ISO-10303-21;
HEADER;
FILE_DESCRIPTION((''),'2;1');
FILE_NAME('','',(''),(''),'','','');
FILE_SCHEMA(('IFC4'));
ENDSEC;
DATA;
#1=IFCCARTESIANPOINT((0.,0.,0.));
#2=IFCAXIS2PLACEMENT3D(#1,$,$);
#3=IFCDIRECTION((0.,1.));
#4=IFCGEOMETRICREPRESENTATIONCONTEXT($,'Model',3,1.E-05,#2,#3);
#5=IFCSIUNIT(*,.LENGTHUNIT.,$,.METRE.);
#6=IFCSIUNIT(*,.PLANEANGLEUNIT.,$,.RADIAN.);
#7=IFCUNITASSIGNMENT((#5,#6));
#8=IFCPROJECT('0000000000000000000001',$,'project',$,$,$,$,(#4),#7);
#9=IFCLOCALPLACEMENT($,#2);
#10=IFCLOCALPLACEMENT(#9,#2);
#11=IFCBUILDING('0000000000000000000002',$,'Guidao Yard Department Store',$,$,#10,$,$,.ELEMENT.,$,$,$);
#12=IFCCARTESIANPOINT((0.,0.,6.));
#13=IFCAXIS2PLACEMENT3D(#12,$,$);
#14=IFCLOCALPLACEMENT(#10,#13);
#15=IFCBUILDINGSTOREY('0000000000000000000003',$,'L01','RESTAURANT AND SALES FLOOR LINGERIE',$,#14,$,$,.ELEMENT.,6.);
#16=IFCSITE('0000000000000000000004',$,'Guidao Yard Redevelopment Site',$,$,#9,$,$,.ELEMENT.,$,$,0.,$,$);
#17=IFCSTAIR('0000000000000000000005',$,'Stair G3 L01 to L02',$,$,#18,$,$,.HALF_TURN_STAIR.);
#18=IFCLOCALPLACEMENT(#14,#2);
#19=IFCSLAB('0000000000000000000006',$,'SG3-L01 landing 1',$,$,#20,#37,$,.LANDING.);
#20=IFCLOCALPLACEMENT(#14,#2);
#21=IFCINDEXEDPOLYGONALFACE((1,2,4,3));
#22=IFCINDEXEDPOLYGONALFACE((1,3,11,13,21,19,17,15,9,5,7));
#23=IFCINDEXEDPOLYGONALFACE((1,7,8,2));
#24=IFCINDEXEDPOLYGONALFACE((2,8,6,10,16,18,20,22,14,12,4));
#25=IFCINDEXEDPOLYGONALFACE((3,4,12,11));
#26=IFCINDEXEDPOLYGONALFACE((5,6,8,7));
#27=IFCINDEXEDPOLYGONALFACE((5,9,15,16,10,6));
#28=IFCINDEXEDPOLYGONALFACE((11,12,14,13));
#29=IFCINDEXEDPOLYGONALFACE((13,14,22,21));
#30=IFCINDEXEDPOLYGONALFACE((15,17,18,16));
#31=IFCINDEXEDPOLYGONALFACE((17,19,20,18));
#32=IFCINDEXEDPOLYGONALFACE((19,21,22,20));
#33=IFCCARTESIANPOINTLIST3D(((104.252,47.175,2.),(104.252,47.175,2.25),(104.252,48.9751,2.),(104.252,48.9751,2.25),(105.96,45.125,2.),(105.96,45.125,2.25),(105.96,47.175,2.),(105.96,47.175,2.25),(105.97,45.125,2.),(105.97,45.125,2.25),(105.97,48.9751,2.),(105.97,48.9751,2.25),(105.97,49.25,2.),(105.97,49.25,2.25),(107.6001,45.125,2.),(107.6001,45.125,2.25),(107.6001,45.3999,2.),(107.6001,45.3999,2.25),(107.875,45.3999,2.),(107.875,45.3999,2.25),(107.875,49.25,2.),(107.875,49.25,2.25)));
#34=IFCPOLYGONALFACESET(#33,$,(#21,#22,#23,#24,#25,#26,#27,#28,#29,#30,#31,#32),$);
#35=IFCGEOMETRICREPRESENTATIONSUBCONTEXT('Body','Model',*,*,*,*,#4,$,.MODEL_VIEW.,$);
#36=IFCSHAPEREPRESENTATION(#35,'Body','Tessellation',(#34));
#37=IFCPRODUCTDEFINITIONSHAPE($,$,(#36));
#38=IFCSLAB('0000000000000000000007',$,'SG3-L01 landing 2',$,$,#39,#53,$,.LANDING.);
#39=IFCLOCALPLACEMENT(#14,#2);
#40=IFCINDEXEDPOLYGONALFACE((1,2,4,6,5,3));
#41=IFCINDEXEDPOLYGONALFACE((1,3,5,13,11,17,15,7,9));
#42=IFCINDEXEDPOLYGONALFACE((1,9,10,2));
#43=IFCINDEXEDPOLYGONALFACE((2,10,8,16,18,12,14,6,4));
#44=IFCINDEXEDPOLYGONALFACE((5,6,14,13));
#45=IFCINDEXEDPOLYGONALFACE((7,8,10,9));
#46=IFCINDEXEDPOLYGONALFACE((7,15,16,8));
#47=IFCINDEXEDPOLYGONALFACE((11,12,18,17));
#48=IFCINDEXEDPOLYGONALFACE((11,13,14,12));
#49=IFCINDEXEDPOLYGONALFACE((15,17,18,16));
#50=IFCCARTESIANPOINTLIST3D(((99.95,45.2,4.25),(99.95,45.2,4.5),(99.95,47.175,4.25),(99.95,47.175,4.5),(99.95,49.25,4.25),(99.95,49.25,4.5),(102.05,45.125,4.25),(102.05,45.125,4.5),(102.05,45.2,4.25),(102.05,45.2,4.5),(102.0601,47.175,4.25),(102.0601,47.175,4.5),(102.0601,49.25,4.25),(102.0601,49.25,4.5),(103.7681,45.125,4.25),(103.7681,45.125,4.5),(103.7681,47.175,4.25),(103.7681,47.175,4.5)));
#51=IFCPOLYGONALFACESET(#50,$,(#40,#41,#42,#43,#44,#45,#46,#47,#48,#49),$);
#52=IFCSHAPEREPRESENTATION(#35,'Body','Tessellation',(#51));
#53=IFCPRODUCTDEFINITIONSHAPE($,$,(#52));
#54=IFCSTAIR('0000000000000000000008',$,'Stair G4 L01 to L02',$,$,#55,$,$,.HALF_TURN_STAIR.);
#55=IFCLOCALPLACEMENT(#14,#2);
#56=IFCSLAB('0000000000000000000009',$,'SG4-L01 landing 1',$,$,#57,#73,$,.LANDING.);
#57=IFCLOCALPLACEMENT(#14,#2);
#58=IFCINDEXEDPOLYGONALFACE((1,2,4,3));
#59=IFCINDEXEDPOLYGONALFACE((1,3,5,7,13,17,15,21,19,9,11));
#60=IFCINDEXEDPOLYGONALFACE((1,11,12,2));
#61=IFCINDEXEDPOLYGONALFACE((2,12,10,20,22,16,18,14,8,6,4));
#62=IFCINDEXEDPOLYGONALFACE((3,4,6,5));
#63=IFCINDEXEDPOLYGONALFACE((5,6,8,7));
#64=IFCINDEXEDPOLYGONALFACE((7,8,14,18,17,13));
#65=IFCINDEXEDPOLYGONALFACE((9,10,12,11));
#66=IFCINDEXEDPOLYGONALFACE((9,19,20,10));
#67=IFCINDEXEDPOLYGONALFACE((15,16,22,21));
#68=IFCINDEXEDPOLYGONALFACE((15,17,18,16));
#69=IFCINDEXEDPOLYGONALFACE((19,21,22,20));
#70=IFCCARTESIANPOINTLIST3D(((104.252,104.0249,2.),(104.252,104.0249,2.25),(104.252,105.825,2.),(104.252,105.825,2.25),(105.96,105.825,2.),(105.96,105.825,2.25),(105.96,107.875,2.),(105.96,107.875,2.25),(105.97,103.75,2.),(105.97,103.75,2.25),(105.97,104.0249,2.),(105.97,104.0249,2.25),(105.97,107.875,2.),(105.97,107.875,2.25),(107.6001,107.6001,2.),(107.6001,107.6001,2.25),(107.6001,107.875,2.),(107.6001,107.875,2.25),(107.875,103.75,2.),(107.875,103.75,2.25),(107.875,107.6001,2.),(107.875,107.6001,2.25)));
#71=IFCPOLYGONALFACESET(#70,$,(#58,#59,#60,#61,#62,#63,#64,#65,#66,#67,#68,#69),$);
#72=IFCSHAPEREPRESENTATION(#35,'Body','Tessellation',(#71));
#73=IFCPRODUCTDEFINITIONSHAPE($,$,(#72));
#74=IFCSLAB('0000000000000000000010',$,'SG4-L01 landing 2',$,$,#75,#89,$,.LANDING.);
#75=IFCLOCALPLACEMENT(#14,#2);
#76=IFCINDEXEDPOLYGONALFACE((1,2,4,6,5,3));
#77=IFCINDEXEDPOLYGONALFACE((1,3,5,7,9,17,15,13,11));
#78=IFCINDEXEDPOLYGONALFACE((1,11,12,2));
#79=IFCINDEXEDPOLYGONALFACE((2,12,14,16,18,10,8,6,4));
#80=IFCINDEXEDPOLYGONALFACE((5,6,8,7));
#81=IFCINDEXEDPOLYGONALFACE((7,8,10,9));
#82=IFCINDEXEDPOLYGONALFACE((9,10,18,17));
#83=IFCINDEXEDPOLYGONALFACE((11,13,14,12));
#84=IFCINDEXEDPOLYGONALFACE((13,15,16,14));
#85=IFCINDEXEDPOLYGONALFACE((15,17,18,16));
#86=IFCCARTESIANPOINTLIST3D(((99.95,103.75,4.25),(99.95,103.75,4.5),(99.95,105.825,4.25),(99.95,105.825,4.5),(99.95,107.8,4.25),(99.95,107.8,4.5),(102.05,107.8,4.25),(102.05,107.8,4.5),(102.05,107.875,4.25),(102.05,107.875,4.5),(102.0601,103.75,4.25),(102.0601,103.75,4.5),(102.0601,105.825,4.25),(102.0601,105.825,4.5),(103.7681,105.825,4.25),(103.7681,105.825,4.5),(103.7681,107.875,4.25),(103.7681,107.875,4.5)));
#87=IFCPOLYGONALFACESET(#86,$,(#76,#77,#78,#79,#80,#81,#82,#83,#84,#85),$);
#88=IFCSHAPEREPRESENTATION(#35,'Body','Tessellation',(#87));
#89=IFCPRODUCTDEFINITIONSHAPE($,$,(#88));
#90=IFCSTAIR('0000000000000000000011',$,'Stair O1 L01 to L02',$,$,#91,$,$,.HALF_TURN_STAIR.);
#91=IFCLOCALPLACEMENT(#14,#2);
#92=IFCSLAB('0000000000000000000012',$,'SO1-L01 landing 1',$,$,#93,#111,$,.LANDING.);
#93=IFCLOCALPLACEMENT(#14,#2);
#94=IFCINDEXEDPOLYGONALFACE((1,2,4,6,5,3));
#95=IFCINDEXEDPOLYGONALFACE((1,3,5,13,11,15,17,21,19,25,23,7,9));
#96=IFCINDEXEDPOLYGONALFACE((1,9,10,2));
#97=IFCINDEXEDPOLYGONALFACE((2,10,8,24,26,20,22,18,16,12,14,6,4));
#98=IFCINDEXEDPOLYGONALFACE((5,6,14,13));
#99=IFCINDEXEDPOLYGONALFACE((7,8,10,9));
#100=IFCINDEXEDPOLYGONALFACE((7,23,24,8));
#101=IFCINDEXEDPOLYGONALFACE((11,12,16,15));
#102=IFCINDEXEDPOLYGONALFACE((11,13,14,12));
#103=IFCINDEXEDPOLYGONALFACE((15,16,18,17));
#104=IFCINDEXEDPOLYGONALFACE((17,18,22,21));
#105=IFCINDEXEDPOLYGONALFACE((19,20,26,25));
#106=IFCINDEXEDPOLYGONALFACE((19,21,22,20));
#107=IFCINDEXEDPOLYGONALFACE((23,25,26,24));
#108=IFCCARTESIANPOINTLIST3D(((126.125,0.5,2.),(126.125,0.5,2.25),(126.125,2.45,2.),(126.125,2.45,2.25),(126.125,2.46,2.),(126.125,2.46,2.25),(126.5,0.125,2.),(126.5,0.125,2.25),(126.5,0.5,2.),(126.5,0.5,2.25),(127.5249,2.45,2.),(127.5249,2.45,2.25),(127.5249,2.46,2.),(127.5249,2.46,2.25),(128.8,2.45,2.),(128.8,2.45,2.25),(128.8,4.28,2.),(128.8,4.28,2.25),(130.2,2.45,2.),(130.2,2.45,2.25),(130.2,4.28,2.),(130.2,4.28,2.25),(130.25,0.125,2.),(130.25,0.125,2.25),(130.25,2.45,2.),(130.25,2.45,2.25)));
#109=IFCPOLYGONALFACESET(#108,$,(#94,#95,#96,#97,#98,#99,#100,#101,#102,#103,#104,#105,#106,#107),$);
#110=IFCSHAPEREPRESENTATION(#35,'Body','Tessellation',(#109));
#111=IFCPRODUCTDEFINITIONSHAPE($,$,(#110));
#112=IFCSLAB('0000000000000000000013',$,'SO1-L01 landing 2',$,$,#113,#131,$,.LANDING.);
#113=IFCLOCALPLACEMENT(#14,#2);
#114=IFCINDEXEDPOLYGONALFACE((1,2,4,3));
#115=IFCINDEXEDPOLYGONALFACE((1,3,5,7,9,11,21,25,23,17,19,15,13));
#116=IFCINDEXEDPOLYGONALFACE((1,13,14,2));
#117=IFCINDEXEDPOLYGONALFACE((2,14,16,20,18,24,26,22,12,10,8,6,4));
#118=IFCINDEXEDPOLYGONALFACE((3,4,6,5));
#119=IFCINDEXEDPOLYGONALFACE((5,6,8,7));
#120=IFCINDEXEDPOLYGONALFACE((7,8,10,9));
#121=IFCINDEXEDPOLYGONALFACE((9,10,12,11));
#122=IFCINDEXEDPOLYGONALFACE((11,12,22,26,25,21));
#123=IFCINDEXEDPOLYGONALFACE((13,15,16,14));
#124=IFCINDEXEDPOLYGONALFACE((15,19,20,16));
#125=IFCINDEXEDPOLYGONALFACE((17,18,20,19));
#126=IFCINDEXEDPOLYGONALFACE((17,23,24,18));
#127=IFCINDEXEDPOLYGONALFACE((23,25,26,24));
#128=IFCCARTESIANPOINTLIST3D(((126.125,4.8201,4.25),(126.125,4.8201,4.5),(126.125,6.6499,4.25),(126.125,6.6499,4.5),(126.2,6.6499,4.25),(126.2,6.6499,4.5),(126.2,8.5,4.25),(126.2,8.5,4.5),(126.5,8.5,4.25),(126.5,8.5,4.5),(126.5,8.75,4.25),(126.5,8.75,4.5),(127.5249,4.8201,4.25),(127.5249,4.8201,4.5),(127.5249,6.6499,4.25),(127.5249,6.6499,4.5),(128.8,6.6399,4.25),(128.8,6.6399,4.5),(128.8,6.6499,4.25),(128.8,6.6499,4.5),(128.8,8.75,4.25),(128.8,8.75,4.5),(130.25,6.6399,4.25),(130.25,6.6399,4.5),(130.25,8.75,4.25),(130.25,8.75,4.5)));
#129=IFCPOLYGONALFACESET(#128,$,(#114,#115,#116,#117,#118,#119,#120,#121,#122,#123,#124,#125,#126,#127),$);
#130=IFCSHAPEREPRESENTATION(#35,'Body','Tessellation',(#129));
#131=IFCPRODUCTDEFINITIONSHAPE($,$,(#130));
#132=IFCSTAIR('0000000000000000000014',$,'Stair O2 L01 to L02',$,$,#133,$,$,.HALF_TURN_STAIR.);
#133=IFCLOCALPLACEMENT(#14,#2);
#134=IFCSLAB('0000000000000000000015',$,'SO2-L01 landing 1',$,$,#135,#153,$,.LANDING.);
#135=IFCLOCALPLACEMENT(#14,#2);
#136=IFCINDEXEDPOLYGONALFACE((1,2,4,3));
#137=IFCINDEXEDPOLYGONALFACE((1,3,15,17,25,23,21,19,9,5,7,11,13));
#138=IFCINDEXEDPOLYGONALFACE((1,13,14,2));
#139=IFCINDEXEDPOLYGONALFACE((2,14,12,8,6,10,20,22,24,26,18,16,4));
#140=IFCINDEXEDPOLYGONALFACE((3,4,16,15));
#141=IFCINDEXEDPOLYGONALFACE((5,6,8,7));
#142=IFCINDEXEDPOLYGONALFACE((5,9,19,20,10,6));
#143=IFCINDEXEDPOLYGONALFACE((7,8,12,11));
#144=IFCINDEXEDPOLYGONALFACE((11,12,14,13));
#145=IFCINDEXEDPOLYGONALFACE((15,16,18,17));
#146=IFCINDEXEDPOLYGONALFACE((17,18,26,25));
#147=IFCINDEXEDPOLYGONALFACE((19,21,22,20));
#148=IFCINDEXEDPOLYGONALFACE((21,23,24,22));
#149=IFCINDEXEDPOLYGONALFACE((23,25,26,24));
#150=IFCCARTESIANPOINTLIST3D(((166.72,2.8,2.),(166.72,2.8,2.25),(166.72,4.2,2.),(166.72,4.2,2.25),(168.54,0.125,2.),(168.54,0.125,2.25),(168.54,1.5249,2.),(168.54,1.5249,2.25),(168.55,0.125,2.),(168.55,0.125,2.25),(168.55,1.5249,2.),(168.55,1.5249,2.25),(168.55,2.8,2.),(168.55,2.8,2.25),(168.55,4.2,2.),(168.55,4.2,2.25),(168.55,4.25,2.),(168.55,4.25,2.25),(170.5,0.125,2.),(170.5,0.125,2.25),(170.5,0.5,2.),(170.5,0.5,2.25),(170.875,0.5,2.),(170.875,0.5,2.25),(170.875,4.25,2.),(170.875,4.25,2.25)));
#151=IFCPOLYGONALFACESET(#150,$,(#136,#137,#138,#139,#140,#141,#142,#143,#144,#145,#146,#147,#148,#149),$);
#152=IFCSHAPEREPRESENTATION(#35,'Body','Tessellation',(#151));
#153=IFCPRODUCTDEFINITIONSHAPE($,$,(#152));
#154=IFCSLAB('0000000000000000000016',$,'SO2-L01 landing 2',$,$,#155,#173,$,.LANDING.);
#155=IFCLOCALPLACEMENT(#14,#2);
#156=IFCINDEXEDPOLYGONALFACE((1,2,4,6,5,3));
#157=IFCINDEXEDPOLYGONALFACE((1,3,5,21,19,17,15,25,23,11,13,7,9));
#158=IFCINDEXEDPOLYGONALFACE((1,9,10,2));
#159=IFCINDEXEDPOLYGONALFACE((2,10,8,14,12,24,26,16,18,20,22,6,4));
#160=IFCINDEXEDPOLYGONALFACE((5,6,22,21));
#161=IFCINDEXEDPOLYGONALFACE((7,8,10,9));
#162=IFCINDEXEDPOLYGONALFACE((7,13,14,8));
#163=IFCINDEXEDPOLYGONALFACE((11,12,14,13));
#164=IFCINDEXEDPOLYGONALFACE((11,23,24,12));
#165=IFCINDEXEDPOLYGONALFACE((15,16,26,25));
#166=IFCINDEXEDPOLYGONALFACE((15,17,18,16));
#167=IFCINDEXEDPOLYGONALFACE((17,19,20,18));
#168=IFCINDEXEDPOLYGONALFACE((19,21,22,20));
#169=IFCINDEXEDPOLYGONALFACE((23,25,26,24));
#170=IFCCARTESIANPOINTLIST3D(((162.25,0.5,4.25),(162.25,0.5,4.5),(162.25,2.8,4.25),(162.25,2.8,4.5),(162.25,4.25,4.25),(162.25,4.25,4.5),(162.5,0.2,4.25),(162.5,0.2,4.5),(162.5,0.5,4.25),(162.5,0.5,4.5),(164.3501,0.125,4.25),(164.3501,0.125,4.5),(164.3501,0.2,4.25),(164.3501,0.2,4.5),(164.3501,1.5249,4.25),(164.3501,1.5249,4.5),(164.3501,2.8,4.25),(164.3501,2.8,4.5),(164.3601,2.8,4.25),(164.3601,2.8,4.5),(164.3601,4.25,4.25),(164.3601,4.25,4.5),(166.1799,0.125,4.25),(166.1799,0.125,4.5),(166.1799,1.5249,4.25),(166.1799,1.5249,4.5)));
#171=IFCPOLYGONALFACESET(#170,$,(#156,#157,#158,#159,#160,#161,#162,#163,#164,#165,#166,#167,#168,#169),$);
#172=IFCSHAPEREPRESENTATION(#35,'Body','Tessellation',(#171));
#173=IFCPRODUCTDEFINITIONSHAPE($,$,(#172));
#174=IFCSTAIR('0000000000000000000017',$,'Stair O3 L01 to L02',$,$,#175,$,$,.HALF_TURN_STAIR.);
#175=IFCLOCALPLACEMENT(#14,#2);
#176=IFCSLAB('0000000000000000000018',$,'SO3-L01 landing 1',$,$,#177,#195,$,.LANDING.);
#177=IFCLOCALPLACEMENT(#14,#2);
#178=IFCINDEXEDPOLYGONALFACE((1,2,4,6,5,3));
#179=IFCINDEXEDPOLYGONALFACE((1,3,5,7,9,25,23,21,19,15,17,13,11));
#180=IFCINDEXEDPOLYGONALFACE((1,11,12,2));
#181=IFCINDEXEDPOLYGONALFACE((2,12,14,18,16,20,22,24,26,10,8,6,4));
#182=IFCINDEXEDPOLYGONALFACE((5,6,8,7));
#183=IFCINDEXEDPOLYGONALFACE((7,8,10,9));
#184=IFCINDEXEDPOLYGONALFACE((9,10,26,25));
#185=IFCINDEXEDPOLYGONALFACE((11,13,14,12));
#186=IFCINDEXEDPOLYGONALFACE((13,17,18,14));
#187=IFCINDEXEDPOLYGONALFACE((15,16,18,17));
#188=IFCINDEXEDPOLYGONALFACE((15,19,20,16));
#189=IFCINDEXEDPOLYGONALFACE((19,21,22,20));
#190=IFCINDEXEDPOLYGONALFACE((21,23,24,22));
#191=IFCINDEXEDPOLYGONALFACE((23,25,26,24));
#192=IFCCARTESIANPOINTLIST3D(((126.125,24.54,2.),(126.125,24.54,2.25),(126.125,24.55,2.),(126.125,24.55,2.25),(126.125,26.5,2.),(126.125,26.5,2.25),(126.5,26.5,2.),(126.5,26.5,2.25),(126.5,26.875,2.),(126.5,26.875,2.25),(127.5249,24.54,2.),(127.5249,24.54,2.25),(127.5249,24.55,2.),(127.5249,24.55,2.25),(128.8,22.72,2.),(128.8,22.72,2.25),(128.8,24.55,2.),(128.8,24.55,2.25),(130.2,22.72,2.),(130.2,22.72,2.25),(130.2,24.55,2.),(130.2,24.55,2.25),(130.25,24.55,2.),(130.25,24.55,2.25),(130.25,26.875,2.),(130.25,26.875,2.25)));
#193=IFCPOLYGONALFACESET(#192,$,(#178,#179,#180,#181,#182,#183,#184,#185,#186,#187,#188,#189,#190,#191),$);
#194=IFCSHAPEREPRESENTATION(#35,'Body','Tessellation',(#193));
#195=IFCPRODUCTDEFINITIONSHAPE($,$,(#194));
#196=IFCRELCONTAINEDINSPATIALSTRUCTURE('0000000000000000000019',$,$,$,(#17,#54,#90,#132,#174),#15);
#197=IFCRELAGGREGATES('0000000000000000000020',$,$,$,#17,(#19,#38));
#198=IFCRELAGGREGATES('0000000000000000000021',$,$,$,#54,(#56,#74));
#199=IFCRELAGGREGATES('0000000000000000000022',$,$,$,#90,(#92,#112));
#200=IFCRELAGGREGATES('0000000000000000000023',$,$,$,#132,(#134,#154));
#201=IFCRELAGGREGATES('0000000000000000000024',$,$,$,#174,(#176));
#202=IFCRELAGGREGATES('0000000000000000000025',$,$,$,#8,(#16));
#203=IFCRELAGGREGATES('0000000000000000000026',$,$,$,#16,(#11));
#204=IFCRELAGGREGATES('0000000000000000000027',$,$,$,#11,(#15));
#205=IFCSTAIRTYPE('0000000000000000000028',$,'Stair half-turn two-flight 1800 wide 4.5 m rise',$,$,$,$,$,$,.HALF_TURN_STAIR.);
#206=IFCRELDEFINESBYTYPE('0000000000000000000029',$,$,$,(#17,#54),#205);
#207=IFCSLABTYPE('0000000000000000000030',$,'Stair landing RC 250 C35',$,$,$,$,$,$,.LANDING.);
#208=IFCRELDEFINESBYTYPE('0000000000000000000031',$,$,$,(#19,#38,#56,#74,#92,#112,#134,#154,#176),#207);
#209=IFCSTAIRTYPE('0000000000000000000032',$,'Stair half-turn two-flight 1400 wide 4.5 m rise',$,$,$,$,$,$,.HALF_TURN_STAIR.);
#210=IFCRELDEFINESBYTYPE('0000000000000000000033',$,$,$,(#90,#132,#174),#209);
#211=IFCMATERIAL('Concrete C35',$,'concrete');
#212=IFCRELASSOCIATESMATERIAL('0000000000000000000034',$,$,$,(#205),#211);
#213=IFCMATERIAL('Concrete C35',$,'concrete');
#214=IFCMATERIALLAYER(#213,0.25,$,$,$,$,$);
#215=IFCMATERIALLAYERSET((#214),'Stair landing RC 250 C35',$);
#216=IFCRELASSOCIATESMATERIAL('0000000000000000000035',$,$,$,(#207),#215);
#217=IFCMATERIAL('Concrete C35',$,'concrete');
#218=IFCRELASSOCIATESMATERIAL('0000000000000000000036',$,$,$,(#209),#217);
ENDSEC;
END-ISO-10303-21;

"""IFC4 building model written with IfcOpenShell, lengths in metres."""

from ifc_helpers import new_model, si_unit, direction, frame, origin, place, context, subcontext, project, spatial, polyline, outline, extrude, material, layer, layer_set, type_object, element, aggregate, save


model = new_model("IFC4")

# Units and contexts
model_context = context("Model", 3, precision=1e-05, world=origin(), true_north=direction((0.0, 1.0)))
body_context = subcontext(model_context, "Body", "Model", "MODEL_VIEW")
ifc_project = project(units=[si_unit("LENGTHUNIT", "METRE"), si_unit("PLANEANGLEUNIT", "RADIAN")], contexts=[model_context])

# Site, building, storey
site_placement = place(None, origin())
site = spatial("IfcSite", under=ifc_project, at=site_placement, Name="Guidao Yard Redevelopment Site", CompositionType="ELEMENT", RefElevation=0.0)
building_placement = place(site_placement, origin())
building = spatial("IfcBuilding", under=site, at=building_placement, Name="Guidao Yard Department Store", CompositionType="ELEMENT")
storey_placement = place(building_placement, frame((0.0, 0.0, 6.0)))
storey = spatial("IfcBuildingStorey", under=building, at=storey_placement, Name="L01", Description="RESTAURANT AND SALES FLOOR LINGERIE", CompositionType="ELEMENT", Elevation=6.0)

# Stairs, slabs
ifc_material_1 = material(Name="Concrete C35", Category="concrete")
stair_type_1 = type_object("IfcStairType", Name="Stair half-turn two-flight 1800 wide 4.5 m rise", PredefinedType="HALF_TURN_STAIR", material=ifc_material_1)
ifc_material_2 = material(Name="Concrete C35", Category="concrete")
ifc_layer_1 = layer(ifc_material_2, 0.25)
ifc_layer_set_1 = layer_set([ifc_layer_1], Name="Stair landing RC 250 C35")
slab_type = type_object("IfcSlabType", Name="Stair landing RC 250 C35", PredefinedType="LANDING", material=ifc_layer_set_1)
stair_1_placement = place(storey_placement, origin())
stair_1 = element("IfcStair", 1, at=stair_1_placement, inside=storey, type_object=stair_type_1, Name="Stair G3 L01 to L02", PredefinedType="HALF_TURN_STAIR")
slab_1_placement = place(storey_placement, frame((0.0, 0.0, 2.0)))
slab_1 = element("IfcSlab", 2, at=slab_1_placement, type_object=slab_type, Name="SG3-L01 landing 1", PredefinedType="LANDING", context=body_context, shape_type="SweptSolid", body=[
    extrude(outline(polyline([(105.96, 47.175), (104.252, 47.175), (104.252, 48.9751), (105.97, 48.9751), (105.97, 49.25), (107.875, 49.25), (107.875, 45.3999), (107.6001, 45.3999), (107.6001, 45.125), (105.97, 45.125), (105.96, 45.125), (105.96, 47.175)])), origin(), (0.0, 0.0, 1.0), 0.25),
])
slab_2_placement = place(storey_placement, frame((0.0, 0.0, 4.25)))
slab_2 = element("IfcSlab", 3, at=slab_2_placement, type_object=slab_type, Name="SG3-L01 landing 2", PredefinedType="LANDING", context=body_context, shape_type="SweptSolid", body=[
    extrude(outline(polyline([(103.7681, 45.125), (102.05, 45.125), (102.05, 45.2), (99.95, 45.2), (99.95, 47.175), (99.95, 49.25), (102.0601, 49.25), (102.0601, 47.175), (103.7681, 47.175), (103.7681, 45.125)])), origin(), (0.0, 0.0, 1.0), 0.25),
])
aggregate(stair_1, [slab_1, slab_2])
stair_2_placement = place(storey_placement, origin())
stair_2 = element("IfcStair", 4, at=stair_2_placement, inside=storey, type_object=stair_type_1, Name="Stair G4 L01 to L02", PredefinedType="HALF_TURN_STAIR")
slab_3_placement = place(storey_placement, frame((0.0, 0.0, 2.0)))
slab_3 = element("IfcSlab", 5, at=slab_3_placement, type_object=slab_type, Name="SG4-L01 landing 1", PredefinedType="LANDING", context=body_context, shape_type="SweptSolid", body=[
    extrude(outline(polyline([(104.252, 105.825), (105.96, 105.825), (105.96, 107.875), (105.97, 107.875), (107.6001, 107.875), (107.6001, 107.6001), (107.875, 107.6001), (107.875, 103.75), (105.97, 103.75), (105.97, 104.0249), (104.252, 104.0249), (104.252, 105.825)])), origin(), (0.0, 0.0, 1.0), 0.25),
])
slab_4_placement = place(storey_placement, frame((0.0, 0.0, 4.25)))
slab_4 = element("IfcSlab", 6, at=slab_4_placement, type_object=slab_type, Name="SG4-L01 landing 2", PredefinedType="LANDING", context=body_context, shape_type="SweptSolid", body=[
    extrude(outline(polyline([(99.95, 103.75), (99.95, 105.825), (99.95, 107.8), (102.05, 107.8), (102.05, 107.875), (103.7681, 107.875), (103.7681, 105.825), (102.0601, 105.825), (102.0601, 103.75), (99.95, 103.75)])), origin(), (0.0, 0.0, 1.0), 0.25),
])
aggregate(stair_2, [slab_3, slab_4])
ifc_material_3 = material(Name="Concrete C35", Category="concrete")
stair_type_2 = type_object("IfcStairType", Name="Stair half-turn two-flight 1400 wide 4.5 m rise", PredefinedType="HALF_TURN_STAIR", material=ifc_material_3)
stair_3_placement = place(storey_placement, origin())
stair_3 = element("IfcStair", 7, at=stair_3_placement, inside=storey, type_object=stair_type_2, Name="Stair O1 L01 to L02", PredefinedType="HALF_TURN_STAIR")
slab_5_placement = place(storey_placement, frame((0.0, 0.0, 2.0)))
slab_5 = element("IfcSlab", 8, at=slab_5_placement, type_object=slab_type, Name="SO1-L01 landing 1", PredefinedType="LANDING", context=body_context, shape_type="SweptSolid", body=[
    extrude(outline(polyline([(126.5, 0.125), (126.5, 0.5), (126.125, 0.5), (126.125, 2.45), (126.125, 2.46), (127.5249, 2.46), (127.5249, 2.45), (128.8, 2.45), (128.8, 4.28), (130.2, 4.28), (130.2, 2.45), (130.25, 2.45), (130.25, 0.125), (126.5, 0.125)])), origin(), (0.0, 0.0, 1.0), 0.25),
])
slab_6_placement = place(storey_placement, frame((0.0, 0.0, 4.25)))
slab_6 = element("IfcSlab", 9, at=slab_6_placement, type_object=slab_type, Name="SO1-L01 landing 2", PredefinedType="LANDING", context=body_context, shape_type="SweptSolid", body=[
    extrude(outline(polyline([(126.125, 6.6499), (126.2, 6.6499), (126.2, 8.5), (126.5, 8.5), (126.5, 8.75), (128.8, 8.75), (130.25, 8.75), (130.25, 6.6399), (128.8, 6.6399), (128.8, 6.6499), (127.5249, 6.6499), (127.5249, 4.8201), (126.125, 4.8201), (126.125, 6.6499)])), origin(), (0.0, 0.0, 1.0), 0.25),
])
aggregate(stair_3, [slab_5, slab_6])
stair_4_placement = place(storey_placement, origin())
stair_4 = element("IfcStair", 10, at=stair_4_placement, inside=storey, type_object=stair_type_2, Name="Stair O2 L01 to L02", PredefinedType="HALF_TURN_STAIR")
slab_7_placement = place(storey_placement, frame((0.0, 0.0, 2.0)))
slab_7 = element("IfcSlab", 11, at=slab_7_placement, type_object=slab_type, Name="SO2-L01 landing 1", PredefinedType="LANDING", context=body_context, shape_type="SweptSolid", body=[
    extrude(outline(polyline([(168.55, 1.5249), (168.55, 2.8), (166.72, 2.8), (166.72, 4.2), (168.55, 4.2), (168.55, 4.25), (170.875, 4.25), (170.875, 0.5), (170.5, 0.5), (170.5, 0.125), (168.55, 0.125), (168.54, 0.125), (168.54, 1.5249), (168.55, 1.5249)])), origin(), (0.0, 0.0, 1.0), 0.25),
])
slab_8_placement = place(storey_placement, frame((0.0, 0.0, 4.25)))
slab_8 = element("IfcSlab", 12, at=slab_8_placement, type_object=slab_type, Name="SO2-L01 landing 2", PredefinedType="LANDING", context=body_context, shape_type="SweptSolid", body=[
    extrude(outline(polyline([(164.3501, 0.125), (164.3501, 0.2), (162.5, 0.2), (162.5, 0.5), (162.25, 0.5), (162.25, 2.8), (162.25, 4.25), (164.3601, 4.25), (164.3601, 2.8), (164.3501, 2.8), (164.3501, 1.5249), (166.1799, 1.5249), (166.1799, 0.125), (164.3501, 0.125)])), origin(), (0.0, 0.0, 1.0), 0.25),
])
aggregate(stair_4, [slab_7, slab_8])
stair_5_placement = place(storey_placement, origin())
stair_5 = element("IfcStair", 13, at=stair_5_placement, inside=storey, type_object=stair_type_2, Name="Stair O3 L01 to L02", PredefinedType="HALF_TURN_STAIR")
slab_9_placement = place(storey_placement, frame((0.0, 0.0, 2.0)))
slab_9 = element("IfcSlab", 14, at=slab_9_placement, type_object=slab_type, Name="SO3-L01 landing 1", PredefinedType="LANDING", context=body_context, shape_type="SweptSolid", body=[
    extrude(outline(polyline([(128.8, 24.55), (127.5249, 24.55), (127.5249, 24.54), (126.125, 24.54), (126.125, 24.55), (126.125, 26.5), (126.5, 26.5), (126.5, 26.875), (130.25, 26.875), (130.25, 24.55), (130.2, 24.55), (130.2, 22.72), (128.8, 22.72), (128.8, 24.55)])), origin(), (0.0, 0.0, 1.0), 0.25),
])
aggregate(stair_5, [slab_9])

save(model, "model.ifc")
